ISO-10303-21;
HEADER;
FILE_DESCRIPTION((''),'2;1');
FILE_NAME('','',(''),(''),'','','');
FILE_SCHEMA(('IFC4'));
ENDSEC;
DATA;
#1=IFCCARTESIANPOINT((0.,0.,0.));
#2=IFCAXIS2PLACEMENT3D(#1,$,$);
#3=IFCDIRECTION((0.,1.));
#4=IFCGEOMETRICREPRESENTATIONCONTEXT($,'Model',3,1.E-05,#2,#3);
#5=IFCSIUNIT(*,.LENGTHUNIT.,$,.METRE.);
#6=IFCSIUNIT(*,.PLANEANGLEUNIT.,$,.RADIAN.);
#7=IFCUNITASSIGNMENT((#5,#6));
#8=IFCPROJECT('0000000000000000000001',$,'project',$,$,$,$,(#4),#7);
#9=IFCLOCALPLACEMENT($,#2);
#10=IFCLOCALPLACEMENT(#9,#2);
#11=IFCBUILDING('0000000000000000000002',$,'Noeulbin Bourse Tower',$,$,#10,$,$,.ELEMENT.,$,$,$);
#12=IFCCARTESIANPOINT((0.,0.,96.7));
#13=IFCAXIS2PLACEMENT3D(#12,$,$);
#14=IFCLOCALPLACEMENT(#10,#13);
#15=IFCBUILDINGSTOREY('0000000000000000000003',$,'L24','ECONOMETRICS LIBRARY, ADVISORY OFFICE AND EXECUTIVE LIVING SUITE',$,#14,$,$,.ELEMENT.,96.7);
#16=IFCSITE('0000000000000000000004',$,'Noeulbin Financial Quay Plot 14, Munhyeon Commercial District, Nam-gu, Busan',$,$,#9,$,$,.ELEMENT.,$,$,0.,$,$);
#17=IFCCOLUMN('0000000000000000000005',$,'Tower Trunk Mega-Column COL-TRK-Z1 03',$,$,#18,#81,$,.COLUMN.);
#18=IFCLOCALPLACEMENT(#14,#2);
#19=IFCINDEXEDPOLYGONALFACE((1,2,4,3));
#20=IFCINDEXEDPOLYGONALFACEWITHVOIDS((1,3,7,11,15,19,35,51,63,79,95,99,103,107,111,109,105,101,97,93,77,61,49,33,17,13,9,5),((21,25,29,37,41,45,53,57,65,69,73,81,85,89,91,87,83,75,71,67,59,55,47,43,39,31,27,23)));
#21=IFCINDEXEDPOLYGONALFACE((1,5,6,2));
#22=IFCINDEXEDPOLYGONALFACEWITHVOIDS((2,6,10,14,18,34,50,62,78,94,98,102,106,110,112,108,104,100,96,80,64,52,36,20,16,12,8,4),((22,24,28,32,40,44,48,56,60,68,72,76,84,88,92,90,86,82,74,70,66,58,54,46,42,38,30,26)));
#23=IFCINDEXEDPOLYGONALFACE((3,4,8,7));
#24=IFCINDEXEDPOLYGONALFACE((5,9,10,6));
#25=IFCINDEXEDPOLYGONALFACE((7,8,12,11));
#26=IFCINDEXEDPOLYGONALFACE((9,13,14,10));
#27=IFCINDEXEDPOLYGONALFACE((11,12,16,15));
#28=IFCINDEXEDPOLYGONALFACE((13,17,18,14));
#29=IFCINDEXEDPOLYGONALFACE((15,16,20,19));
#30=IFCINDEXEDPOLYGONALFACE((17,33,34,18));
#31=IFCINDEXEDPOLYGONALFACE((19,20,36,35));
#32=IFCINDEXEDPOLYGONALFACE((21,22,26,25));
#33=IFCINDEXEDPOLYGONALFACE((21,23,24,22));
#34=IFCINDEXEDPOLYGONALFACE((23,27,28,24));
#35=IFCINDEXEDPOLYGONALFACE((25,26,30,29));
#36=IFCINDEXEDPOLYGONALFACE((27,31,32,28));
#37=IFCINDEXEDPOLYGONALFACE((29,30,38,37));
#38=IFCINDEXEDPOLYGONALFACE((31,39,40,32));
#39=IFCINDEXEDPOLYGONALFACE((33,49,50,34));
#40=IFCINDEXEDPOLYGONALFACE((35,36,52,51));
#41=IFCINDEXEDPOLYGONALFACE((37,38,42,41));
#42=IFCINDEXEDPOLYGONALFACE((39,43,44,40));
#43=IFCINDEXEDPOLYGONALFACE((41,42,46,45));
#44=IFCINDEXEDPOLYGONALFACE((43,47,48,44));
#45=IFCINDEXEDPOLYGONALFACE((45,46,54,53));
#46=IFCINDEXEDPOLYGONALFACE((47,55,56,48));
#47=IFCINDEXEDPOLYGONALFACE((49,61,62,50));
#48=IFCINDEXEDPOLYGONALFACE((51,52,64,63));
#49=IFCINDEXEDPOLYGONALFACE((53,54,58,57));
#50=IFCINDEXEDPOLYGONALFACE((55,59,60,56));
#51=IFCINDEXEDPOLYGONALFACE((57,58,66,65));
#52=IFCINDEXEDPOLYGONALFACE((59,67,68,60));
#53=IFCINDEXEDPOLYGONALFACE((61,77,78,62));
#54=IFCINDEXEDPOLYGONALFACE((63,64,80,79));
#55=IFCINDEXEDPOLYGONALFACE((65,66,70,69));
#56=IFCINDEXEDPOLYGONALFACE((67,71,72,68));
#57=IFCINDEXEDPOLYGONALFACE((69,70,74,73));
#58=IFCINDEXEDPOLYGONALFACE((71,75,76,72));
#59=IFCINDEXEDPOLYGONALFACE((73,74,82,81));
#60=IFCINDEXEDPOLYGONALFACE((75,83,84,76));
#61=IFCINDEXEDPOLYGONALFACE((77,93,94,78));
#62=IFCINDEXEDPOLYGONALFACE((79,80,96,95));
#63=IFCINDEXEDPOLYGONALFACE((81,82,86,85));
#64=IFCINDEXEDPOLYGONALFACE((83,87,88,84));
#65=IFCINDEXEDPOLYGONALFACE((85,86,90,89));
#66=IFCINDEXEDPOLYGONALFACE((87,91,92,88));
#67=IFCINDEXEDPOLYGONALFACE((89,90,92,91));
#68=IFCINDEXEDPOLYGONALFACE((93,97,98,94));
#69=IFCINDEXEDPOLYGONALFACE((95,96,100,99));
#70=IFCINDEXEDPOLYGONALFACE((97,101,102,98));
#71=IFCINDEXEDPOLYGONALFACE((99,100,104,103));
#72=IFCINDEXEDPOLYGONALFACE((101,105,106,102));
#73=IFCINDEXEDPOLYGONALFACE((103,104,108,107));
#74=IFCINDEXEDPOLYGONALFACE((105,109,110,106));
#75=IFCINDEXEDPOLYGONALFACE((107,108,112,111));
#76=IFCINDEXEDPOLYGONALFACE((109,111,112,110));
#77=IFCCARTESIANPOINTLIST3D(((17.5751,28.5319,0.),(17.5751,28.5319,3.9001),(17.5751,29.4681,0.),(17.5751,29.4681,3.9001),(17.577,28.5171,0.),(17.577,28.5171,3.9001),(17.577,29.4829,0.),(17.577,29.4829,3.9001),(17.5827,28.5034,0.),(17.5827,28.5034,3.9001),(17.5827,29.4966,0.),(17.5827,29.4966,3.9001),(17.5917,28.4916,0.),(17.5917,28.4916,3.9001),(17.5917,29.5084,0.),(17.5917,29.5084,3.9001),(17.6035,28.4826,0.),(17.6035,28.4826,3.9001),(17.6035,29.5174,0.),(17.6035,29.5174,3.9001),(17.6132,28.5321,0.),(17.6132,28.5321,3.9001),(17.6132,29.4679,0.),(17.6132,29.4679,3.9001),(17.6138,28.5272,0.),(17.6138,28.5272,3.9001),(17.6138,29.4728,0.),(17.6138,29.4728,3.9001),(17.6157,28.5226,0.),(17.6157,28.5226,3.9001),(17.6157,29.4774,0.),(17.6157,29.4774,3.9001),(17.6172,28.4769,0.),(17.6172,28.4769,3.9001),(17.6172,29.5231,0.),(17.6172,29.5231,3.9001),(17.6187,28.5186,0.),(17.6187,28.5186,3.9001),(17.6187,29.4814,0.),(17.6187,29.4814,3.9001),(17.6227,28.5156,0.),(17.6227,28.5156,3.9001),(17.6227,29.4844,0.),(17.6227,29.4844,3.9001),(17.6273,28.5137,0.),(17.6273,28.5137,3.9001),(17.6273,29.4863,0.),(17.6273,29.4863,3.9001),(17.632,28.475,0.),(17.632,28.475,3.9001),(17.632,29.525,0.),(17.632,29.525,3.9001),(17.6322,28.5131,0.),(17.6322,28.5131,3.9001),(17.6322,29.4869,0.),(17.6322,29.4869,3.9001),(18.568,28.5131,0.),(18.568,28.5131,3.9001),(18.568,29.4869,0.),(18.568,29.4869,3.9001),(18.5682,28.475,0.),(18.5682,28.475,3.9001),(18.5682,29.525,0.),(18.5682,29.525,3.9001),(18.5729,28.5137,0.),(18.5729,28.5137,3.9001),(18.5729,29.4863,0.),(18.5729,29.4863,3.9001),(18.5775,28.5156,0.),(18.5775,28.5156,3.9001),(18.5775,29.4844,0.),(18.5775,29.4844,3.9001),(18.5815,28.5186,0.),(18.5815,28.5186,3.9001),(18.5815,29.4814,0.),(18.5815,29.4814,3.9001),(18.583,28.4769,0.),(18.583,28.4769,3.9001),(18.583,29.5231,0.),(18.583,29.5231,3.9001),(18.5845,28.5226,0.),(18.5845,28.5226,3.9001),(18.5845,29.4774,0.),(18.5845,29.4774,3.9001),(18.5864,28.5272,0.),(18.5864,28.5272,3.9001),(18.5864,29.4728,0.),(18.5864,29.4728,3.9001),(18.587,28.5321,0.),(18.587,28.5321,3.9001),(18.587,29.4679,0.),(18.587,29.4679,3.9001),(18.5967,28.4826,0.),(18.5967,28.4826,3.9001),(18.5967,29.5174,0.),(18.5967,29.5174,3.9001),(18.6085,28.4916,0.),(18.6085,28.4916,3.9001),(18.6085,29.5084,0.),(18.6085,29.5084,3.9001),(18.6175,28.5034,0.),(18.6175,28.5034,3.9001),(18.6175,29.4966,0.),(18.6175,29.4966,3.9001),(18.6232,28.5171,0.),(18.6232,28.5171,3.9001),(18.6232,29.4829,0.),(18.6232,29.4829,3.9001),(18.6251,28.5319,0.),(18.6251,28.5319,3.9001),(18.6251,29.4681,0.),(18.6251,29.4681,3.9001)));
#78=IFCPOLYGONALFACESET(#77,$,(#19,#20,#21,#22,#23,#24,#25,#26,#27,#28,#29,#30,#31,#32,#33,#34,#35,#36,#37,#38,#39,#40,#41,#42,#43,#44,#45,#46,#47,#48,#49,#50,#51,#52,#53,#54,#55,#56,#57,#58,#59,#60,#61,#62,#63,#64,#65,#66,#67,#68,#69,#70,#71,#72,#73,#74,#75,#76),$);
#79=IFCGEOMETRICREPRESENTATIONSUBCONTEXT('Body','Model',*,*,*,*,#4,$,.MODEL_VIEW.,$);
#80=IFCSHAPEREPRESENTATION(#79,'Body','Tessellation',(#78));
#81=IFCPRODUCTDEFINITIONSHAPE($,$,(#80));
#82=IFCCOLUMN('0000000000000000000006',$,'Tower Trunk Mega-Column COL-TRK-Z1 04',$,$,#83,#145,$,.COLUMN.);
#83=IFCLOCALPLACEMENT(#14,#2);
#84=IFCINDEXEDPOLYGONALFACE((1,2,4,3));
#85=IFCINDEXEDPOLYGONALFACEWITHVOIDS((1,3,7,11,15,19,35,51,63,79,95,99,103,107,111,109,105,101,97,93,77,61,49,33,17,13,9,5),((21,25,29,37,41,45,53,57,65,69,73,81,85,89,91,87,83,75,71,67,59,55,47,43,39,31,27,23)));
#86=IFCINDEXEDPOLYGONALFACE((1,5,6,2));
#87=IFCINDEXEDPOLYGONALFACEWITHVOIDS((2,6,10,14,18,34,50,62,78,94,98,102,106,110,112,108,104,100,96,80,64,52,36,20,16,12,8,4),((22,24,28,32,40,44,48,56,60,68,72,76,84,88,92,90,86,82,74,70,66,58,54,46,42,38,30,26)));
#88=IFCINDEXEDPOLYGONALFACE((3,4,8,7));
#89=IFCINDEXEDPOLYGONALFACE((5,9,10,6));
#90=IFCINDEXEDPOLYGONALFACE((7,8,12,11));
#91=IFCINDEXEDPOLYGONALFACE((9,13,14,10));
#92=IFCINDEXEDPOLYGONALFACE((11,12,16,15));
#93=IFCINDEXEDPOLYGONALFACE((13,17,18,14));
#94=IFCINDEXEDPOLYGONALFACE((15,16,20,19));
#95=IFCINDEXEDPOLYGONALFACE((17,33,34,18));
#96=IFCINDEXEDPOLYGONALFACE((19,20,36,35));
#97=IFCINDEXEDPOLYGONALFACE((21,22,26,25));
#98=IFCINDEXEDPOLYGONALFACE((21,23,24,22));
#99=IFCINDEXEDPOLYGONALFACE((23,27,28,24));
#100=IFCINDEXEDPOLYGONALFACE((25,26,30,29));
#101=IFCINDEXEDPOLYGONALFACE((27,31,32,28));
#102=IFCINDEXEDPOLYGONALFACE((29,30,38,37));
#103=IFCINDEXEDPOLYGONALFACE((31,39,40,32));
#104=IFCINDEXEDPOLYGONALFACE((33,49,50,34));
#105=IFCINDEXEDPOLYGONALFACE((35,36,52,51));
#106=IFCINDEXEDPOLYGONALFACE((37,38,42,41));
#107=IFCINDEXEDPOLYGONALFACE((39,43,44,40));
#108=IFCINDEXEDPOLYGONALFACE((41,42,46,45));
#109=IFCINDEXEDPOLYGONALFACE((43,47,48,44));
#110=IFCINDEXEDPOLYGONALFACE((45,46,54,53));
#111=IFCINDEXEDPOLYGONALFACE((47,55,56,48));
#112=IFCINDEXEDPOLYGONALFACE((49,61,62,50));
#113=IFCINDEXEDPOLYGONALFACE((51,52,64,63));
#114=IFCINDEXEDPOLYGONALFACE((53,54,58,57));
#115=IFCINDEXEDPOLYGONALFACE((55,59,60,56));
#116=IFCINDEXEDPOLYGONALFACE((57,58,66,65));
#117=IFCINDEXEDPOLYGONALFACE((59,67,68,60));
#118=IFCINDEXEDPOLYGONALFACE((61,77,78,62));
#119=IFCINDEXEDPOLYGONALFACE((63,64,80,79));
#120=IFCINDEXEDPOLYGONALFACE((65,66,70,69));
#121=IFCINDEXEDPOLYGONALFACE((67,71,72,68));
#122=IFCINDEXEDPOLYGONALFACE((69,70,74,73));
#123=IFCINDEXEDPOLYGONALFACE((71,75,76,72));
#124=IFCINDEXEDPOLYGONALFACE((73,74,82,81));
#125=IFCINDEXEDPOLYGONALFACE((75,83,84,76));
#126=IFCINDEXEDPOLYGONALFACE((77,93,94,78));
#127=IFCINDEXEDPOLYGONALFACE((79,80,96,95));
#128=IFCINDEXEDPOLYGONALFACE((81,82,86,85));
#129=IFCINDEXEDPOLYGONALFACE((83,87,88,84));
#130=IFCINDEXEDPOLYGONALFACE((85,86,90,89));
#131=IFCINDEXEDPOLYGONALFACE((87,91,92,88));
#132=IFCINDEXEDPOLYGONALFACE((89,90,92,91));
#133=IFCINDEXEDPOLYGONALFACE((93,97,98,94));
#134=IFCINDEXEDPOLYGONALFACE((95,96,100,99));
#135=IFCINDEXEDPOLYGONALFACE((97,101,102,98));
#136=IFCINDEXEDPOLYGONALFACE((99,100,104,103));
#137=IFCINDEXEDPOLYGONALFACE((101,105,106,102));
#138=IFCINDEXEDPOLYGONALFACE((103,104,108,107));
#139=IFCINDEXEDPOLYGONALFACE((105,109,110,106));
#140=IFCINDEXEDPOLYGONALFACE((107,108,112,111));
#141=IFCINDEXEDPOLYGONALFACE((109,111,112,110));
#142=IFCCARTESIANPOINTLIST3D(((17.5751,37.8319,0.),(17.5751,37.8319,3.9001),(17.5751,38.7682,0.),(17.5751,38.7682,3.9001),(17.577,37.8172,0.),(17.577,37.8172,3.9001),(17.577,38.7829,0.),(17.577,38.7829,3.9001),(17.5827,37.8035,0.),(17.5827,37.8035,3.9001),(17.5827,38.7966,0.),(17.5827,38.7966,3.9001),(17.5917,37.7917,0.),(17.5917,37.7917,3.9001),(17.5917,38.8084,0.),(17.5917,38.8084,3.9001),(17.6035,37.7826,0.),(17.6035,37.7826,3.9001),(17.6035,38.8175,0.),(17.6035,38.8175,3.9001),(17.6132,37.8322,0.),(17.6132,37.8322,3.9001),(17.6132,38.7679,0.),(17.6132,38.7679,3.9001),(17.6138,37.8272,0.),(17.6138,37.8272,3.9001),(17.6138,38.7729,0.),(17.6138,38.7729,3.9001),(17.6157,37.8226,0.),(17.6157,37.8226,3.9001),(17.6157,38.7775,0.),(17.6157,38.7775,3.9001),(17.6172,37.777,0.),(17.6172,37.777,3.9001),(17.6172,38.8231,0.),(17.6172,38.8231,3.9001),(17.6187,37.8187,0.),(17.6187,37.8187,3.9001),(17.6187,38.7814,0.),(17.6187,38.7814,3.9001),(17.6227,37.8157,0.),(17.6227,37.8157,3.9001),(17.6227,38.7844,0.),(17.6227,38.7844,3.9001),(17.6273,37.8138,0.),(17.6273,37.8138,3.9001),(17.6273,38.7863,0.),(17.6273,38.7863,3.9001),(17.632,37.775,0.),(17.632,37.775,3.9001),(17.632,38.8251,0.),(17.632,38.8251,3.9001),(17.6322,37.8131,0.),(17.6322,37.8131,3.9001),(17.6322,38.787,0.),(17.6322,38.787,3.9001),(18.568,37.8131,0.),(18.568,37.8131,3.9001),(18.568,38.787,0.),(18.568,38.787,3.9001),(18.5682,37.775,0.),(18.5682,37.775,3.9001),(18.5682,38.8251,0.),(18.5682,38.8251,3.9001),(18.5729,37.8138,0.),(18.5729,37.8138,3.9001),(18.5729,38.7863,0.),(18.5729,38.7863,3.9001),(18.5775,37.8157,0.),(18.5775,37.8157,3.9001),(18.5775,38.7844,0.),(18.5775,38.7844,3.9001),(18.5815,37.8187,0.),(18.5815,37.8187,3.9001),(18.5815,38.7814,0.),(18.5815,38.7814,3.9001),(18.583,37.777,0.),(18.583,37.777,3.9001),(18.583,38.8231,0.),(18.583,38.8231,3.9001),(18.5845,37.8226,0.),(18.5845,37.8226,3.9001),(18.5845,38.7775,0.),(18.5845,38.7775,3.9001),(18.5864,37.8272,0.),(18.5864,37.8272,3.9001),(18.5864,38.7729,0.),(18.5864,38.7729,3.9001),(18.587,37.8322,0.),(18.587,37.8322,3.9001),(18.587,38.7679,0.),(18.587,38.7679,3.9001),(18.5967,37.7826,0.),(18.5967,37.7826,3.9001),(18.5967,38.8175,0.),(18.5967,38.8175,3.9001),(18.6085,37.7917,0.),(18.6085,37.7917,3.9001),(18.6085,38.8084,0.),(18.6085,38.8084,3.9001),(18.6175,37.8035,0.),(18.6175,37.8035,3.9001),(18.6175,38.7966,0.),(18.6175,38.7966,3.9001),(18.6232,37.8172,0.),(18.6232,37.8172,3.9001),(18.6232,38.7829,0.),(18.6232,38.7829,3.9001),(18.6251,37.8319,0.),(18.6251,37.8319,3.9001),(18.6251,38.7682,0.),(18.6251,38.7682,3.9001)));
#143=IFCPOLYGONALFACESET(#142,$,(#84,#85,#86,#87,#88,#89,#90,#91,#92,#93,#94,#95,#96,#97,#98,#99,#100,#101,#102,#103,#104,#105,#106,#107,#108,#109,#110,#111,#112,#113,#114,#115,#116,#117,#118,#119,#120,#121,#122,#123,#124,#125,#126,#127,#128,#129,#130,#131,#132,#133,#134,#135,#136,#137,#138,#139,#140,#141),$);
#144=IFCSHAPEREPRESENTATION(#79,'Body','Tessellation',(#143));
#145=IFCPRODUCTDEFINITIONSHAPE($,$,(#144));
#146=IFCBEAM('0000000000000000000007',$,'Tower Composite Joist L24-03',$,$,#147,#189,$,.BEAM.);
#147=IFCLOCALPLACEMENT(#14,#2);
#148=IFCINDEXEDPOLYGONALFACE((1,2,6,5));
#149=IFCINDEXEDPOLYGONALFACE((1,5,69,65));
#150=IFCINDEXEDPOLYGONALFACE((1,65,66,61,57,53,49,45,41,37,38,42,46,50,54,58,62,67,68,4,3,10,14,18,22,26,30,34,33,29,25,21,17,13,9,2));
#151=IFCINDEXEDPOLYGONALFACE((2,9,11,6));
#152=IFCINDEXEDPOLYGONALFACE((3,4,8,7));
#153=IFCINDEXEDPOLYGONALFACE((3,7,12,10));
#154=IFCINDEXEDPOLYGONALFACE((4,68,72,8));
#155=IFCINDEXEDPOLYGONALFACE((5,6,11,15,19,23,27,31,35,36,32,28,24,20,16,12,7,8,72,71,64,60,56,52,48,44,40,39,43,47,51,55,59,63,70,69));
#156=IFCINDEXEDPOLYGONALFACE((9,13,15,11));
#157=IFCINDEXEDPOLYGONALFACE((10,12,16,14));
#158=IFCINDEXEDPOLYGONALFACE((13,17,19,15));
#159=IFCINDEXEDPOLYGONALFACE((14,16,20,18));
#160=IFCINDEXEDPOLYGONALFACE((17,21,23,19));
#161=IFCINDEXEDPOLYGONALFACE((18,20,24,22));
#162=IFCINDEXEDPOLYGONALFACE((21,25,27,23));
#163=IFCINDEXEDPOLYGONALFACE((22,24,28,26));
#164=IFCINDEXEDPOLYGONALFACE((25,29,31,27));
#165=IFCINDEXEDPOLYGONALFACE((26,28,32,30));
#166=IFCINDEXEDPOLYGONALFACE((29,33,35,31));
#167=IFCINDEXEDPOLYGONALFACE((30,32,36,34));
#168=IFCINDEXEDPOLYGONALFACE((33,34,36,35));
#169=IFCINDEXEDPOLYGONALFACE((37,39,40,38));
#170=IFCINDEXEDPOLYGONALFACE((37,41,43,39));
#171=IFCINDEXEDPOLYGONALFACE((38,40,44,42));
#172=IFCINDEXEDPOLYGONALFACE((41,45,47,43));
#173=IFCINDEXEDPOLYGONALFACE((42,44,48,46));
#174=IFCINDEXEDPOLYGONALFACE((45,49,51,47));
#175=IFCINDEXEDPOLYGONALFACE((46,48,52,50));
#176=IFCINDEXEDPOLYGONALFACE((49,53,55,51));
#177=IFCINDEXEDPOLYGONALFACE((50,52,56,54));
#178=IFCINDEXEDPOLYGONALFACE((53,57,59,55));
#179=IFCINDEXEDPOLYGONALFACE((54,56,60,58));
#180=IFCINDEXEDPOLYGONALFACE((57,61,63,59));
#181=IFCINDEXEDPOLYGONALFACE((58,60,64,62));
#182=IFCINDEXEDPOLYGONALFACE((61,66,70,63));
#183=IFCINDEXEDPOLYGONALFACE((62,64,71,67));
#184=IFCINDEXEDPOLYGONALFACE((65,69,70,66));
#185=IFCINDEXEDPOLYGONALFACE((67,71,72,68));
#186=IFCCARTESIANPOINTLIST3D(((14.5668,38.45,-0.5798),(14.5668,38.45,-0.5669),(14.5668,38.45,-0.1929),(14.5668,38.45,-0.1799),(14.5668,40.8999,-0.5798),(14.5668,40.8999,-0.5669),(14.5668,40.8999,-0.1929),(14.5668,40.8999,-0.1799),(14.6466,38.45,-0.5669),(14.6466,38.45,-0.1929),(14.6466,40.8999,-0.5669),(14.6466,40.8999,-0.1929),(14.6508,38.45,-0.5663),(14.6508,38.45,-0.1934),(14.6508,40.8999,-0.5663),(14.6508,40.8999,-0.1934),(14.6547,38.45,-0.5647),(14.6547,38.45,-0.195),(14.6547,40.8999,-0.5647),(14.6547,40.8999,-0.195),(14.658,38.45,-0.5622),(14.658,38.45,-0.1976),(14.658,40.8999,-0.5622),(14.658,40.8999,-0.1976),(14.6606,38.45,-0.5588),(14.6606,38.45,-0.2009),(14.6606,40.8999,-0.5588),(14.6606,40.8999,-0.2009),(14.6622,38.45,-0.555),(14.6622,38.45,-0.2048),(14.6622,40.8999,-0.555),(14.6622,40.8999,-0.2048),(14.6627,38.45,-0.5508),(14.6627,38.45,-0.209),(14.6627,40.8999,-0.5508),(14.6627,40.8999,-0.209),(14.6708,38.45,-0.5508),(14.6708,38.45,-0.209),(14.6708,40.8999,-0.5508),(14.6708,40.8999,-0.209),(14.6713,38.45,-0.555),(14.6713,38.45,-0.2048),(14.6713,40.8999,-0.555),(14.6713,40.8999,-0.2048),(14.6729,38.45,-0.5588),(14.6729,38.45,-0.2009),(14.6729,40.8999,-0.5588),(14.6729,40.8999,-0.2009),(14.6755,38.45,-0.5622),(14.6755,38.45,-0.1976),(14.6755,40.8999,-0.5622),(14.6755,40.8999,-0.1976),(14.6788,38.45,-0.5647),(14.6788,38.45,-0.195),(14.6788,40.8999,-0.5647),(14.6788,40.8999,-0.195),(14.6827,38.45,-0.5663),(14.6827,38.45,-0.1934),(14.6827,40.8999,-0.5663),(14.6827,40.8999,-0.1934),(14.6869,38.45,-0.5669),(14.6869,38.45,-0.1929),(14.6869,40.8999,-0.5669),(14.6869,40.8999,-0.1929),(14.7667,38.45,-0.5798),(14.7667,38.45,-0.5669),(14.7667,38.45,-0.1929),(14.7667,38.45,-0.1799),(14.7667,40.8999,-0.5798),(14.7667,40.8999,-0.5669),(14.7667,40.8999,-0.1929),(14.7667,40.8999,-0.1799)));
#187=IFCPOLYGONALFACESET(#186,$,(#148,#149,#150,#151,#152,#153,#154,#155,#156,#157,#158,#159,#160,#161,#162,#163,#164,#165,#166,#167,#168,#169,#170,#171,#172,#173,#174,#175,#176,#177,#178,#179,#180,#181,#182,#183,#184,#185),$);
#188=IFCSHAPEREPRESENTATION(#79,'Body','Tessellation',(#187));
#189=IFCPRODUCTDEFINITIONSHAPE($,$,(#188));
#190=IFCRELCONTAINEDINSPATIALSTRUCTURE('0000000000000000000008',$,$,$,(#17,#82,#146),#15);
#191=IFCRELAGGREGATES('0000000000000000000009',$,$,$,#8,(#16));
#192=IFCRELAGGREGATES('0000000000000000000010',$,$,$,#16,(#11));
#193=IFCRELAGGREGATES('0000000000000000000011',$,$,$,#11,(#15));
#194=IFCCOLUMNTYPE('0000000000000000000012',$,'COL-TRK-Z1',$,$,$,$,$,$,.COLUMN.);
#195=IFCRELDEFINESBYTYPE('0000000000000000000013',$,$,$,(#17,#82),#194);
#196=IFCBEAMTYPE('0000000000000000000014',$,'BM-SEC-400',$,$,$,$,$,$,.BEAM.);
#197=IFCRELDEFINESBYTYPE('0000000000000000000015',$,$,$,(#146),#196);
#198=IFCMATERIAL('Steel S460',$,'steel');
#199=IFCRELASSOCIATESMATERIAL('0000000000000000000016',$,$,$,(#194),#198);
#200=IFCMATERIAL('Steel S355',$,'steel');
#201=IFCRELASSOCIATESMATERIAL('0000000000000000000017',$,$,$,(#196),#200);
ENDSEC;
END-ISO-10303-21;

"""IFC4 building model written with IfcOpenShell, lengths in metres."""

from ifc_helpers import new_model, si_unit, direction, frame, origin, origin_2d, place, context, subcontext, project, spatial, hollow_rectangle, i_section, extrude, material, material_profile, profile_set, type_object, element, save


model = new_model("IFC4")

# Units and contexts
model_context = context("Model", 3, precision=1e-05, world=origin(), true_north=direction((0.0, 1.0)))
body_context = subcontext(model_context, "Body", "Model", "MODEL_VIEW")
ifc_project = project(units=[si_unit("LENGTHUNIT", "METRE"), si_unit("PLANEANGLEUNIT", "RADIAN")], contexts=[model_context])

# Site, building, storey
site_placement = place(None, origin())
site = spatial("IfcSite", under=ifc_project, at=site_placement, Name="Noeulbin Financial Quay Plot 14, Munhyeon Commercial District, Nam-gu, Busan", CompositionType="ELEMENT", RefElevation=0.0)
building_placement = place(site_placement, origin())
building = spatial("IfcBuilding", under=site, at=building_placement, Name="Noeulbin Bourse Tower", CompositionType="ELEMENT")
storey_placement = place(building_placement, frame((0.0, 0.0, 96.7)))
storey = spatial("IfcBuildingStorey", under=building, at=storey_placement, Name="L24", Description="ECONOMETRICS LIBRARY, ADVISORY OFFICE AND EXECUTIVE LIVING SUITE", CompositionType="ELEMENT", Elevation=96.7)

# Columns
ifc_material_1 = material(Name="Steel S460", Category="steel")
ifc_material_profile_1 = material_profile(ifc_material_1, hollow_rectangle(XDim=1.05, YDim=1.05, WallThickness=0.0381, InnerFilletRadius=0.019, OuterFilletRadius=0.0569, at=origin_2d()), Name="BOX-1050x1050x38", Category="LoadBearing")
ifc_profile_set_1 = profile_set([ifc_material_profile_1], Name="Steel S460")
column_type = type_object("IfcColumnType", Name="COL-TRK-Z1", PredefinedType="COLUMN", material=ifc_profile_set_1)
for number, where, z_axis, x_axis, name in (
    (1, (18.1001, 29.0, 0.0), (0.0, 0.0, 1.0), (1.0, 0.0, 0.0), "Tower Trunk Mega-Column COL-TRK-Z1 03"),
    (2, (18.1001, 38.3, 0.0), (0.0, 0.0, 1.0), (1.0, 0.0, 0.0), "Tower Trunk Mega-Column COL-TRK-Z1 04"),
):
    element("IfcColumn", number, at=place(storey_placement, frame(where, z_axis=z_axis, x_axis=x_axis)), inside=storey, type_object=column_type, Name=name, PredefinedType="COLUMN", context=body_context, shape_type="SweptSolid", body=[
        extrude(hollow_rectangle(XDim=1.05, YDim=1.05, WallThickness=0.0381, InnerFilletRadius=0.019, OuterFilletRadius=0.0569, at=origin_2d()), origin(), (0.0, 0.0, 1.0), 3.9001),
    ])

# Beam
ifc_material_2 = material(Name="Steel S355", Category="steel")
ifc_material_profile_2 = material_profile(ifc_material_2, i_section(OverallWidth=0.2, OverallDepth=0.3999, WebThickness=0.0081, FlangeThickness=0.0129, FilletRadius=0.0161, at=origin_2d()), Name="H-400x200x8x13", Category="LoadBearing")
ifc_profile_set_2 = profile_set([ifc_material_profile_2], Name="Steel S355")
beam_type = type_object("IfcBeamType", Name="BM-SEC-400", PredefinedType="BEAM", material=ifc_profile_set_2)
for number, where, z_axis, x_axis, name in (
    (3, (14.6667, 38.45, -0.3799), (0.0, 1.0, 0.0), (-1.0, 0.0, 0.0), "Tower Composite Joist L24-03"),
):
    element("IfcBeam", number, at=place(storey_placement, frame(where, z_axis=z_axis, x_axis=x_axis)), inside=storey, type_object=beam_type, Name=name, PredefinedType="BEAM", context=body_context, shape_type="SweptSolid", body=[
        extrude(i_section(OverallWidth=0.2, OverallDepth=0.3999, WebThickness=0.0081, FlangeThickness=0.0129, FilletRadius=0.0161, at=origin_2d()), origin(), (0.0, 0.0, 1.0), 2.45),
    ])

save(model, "model.ifc")
